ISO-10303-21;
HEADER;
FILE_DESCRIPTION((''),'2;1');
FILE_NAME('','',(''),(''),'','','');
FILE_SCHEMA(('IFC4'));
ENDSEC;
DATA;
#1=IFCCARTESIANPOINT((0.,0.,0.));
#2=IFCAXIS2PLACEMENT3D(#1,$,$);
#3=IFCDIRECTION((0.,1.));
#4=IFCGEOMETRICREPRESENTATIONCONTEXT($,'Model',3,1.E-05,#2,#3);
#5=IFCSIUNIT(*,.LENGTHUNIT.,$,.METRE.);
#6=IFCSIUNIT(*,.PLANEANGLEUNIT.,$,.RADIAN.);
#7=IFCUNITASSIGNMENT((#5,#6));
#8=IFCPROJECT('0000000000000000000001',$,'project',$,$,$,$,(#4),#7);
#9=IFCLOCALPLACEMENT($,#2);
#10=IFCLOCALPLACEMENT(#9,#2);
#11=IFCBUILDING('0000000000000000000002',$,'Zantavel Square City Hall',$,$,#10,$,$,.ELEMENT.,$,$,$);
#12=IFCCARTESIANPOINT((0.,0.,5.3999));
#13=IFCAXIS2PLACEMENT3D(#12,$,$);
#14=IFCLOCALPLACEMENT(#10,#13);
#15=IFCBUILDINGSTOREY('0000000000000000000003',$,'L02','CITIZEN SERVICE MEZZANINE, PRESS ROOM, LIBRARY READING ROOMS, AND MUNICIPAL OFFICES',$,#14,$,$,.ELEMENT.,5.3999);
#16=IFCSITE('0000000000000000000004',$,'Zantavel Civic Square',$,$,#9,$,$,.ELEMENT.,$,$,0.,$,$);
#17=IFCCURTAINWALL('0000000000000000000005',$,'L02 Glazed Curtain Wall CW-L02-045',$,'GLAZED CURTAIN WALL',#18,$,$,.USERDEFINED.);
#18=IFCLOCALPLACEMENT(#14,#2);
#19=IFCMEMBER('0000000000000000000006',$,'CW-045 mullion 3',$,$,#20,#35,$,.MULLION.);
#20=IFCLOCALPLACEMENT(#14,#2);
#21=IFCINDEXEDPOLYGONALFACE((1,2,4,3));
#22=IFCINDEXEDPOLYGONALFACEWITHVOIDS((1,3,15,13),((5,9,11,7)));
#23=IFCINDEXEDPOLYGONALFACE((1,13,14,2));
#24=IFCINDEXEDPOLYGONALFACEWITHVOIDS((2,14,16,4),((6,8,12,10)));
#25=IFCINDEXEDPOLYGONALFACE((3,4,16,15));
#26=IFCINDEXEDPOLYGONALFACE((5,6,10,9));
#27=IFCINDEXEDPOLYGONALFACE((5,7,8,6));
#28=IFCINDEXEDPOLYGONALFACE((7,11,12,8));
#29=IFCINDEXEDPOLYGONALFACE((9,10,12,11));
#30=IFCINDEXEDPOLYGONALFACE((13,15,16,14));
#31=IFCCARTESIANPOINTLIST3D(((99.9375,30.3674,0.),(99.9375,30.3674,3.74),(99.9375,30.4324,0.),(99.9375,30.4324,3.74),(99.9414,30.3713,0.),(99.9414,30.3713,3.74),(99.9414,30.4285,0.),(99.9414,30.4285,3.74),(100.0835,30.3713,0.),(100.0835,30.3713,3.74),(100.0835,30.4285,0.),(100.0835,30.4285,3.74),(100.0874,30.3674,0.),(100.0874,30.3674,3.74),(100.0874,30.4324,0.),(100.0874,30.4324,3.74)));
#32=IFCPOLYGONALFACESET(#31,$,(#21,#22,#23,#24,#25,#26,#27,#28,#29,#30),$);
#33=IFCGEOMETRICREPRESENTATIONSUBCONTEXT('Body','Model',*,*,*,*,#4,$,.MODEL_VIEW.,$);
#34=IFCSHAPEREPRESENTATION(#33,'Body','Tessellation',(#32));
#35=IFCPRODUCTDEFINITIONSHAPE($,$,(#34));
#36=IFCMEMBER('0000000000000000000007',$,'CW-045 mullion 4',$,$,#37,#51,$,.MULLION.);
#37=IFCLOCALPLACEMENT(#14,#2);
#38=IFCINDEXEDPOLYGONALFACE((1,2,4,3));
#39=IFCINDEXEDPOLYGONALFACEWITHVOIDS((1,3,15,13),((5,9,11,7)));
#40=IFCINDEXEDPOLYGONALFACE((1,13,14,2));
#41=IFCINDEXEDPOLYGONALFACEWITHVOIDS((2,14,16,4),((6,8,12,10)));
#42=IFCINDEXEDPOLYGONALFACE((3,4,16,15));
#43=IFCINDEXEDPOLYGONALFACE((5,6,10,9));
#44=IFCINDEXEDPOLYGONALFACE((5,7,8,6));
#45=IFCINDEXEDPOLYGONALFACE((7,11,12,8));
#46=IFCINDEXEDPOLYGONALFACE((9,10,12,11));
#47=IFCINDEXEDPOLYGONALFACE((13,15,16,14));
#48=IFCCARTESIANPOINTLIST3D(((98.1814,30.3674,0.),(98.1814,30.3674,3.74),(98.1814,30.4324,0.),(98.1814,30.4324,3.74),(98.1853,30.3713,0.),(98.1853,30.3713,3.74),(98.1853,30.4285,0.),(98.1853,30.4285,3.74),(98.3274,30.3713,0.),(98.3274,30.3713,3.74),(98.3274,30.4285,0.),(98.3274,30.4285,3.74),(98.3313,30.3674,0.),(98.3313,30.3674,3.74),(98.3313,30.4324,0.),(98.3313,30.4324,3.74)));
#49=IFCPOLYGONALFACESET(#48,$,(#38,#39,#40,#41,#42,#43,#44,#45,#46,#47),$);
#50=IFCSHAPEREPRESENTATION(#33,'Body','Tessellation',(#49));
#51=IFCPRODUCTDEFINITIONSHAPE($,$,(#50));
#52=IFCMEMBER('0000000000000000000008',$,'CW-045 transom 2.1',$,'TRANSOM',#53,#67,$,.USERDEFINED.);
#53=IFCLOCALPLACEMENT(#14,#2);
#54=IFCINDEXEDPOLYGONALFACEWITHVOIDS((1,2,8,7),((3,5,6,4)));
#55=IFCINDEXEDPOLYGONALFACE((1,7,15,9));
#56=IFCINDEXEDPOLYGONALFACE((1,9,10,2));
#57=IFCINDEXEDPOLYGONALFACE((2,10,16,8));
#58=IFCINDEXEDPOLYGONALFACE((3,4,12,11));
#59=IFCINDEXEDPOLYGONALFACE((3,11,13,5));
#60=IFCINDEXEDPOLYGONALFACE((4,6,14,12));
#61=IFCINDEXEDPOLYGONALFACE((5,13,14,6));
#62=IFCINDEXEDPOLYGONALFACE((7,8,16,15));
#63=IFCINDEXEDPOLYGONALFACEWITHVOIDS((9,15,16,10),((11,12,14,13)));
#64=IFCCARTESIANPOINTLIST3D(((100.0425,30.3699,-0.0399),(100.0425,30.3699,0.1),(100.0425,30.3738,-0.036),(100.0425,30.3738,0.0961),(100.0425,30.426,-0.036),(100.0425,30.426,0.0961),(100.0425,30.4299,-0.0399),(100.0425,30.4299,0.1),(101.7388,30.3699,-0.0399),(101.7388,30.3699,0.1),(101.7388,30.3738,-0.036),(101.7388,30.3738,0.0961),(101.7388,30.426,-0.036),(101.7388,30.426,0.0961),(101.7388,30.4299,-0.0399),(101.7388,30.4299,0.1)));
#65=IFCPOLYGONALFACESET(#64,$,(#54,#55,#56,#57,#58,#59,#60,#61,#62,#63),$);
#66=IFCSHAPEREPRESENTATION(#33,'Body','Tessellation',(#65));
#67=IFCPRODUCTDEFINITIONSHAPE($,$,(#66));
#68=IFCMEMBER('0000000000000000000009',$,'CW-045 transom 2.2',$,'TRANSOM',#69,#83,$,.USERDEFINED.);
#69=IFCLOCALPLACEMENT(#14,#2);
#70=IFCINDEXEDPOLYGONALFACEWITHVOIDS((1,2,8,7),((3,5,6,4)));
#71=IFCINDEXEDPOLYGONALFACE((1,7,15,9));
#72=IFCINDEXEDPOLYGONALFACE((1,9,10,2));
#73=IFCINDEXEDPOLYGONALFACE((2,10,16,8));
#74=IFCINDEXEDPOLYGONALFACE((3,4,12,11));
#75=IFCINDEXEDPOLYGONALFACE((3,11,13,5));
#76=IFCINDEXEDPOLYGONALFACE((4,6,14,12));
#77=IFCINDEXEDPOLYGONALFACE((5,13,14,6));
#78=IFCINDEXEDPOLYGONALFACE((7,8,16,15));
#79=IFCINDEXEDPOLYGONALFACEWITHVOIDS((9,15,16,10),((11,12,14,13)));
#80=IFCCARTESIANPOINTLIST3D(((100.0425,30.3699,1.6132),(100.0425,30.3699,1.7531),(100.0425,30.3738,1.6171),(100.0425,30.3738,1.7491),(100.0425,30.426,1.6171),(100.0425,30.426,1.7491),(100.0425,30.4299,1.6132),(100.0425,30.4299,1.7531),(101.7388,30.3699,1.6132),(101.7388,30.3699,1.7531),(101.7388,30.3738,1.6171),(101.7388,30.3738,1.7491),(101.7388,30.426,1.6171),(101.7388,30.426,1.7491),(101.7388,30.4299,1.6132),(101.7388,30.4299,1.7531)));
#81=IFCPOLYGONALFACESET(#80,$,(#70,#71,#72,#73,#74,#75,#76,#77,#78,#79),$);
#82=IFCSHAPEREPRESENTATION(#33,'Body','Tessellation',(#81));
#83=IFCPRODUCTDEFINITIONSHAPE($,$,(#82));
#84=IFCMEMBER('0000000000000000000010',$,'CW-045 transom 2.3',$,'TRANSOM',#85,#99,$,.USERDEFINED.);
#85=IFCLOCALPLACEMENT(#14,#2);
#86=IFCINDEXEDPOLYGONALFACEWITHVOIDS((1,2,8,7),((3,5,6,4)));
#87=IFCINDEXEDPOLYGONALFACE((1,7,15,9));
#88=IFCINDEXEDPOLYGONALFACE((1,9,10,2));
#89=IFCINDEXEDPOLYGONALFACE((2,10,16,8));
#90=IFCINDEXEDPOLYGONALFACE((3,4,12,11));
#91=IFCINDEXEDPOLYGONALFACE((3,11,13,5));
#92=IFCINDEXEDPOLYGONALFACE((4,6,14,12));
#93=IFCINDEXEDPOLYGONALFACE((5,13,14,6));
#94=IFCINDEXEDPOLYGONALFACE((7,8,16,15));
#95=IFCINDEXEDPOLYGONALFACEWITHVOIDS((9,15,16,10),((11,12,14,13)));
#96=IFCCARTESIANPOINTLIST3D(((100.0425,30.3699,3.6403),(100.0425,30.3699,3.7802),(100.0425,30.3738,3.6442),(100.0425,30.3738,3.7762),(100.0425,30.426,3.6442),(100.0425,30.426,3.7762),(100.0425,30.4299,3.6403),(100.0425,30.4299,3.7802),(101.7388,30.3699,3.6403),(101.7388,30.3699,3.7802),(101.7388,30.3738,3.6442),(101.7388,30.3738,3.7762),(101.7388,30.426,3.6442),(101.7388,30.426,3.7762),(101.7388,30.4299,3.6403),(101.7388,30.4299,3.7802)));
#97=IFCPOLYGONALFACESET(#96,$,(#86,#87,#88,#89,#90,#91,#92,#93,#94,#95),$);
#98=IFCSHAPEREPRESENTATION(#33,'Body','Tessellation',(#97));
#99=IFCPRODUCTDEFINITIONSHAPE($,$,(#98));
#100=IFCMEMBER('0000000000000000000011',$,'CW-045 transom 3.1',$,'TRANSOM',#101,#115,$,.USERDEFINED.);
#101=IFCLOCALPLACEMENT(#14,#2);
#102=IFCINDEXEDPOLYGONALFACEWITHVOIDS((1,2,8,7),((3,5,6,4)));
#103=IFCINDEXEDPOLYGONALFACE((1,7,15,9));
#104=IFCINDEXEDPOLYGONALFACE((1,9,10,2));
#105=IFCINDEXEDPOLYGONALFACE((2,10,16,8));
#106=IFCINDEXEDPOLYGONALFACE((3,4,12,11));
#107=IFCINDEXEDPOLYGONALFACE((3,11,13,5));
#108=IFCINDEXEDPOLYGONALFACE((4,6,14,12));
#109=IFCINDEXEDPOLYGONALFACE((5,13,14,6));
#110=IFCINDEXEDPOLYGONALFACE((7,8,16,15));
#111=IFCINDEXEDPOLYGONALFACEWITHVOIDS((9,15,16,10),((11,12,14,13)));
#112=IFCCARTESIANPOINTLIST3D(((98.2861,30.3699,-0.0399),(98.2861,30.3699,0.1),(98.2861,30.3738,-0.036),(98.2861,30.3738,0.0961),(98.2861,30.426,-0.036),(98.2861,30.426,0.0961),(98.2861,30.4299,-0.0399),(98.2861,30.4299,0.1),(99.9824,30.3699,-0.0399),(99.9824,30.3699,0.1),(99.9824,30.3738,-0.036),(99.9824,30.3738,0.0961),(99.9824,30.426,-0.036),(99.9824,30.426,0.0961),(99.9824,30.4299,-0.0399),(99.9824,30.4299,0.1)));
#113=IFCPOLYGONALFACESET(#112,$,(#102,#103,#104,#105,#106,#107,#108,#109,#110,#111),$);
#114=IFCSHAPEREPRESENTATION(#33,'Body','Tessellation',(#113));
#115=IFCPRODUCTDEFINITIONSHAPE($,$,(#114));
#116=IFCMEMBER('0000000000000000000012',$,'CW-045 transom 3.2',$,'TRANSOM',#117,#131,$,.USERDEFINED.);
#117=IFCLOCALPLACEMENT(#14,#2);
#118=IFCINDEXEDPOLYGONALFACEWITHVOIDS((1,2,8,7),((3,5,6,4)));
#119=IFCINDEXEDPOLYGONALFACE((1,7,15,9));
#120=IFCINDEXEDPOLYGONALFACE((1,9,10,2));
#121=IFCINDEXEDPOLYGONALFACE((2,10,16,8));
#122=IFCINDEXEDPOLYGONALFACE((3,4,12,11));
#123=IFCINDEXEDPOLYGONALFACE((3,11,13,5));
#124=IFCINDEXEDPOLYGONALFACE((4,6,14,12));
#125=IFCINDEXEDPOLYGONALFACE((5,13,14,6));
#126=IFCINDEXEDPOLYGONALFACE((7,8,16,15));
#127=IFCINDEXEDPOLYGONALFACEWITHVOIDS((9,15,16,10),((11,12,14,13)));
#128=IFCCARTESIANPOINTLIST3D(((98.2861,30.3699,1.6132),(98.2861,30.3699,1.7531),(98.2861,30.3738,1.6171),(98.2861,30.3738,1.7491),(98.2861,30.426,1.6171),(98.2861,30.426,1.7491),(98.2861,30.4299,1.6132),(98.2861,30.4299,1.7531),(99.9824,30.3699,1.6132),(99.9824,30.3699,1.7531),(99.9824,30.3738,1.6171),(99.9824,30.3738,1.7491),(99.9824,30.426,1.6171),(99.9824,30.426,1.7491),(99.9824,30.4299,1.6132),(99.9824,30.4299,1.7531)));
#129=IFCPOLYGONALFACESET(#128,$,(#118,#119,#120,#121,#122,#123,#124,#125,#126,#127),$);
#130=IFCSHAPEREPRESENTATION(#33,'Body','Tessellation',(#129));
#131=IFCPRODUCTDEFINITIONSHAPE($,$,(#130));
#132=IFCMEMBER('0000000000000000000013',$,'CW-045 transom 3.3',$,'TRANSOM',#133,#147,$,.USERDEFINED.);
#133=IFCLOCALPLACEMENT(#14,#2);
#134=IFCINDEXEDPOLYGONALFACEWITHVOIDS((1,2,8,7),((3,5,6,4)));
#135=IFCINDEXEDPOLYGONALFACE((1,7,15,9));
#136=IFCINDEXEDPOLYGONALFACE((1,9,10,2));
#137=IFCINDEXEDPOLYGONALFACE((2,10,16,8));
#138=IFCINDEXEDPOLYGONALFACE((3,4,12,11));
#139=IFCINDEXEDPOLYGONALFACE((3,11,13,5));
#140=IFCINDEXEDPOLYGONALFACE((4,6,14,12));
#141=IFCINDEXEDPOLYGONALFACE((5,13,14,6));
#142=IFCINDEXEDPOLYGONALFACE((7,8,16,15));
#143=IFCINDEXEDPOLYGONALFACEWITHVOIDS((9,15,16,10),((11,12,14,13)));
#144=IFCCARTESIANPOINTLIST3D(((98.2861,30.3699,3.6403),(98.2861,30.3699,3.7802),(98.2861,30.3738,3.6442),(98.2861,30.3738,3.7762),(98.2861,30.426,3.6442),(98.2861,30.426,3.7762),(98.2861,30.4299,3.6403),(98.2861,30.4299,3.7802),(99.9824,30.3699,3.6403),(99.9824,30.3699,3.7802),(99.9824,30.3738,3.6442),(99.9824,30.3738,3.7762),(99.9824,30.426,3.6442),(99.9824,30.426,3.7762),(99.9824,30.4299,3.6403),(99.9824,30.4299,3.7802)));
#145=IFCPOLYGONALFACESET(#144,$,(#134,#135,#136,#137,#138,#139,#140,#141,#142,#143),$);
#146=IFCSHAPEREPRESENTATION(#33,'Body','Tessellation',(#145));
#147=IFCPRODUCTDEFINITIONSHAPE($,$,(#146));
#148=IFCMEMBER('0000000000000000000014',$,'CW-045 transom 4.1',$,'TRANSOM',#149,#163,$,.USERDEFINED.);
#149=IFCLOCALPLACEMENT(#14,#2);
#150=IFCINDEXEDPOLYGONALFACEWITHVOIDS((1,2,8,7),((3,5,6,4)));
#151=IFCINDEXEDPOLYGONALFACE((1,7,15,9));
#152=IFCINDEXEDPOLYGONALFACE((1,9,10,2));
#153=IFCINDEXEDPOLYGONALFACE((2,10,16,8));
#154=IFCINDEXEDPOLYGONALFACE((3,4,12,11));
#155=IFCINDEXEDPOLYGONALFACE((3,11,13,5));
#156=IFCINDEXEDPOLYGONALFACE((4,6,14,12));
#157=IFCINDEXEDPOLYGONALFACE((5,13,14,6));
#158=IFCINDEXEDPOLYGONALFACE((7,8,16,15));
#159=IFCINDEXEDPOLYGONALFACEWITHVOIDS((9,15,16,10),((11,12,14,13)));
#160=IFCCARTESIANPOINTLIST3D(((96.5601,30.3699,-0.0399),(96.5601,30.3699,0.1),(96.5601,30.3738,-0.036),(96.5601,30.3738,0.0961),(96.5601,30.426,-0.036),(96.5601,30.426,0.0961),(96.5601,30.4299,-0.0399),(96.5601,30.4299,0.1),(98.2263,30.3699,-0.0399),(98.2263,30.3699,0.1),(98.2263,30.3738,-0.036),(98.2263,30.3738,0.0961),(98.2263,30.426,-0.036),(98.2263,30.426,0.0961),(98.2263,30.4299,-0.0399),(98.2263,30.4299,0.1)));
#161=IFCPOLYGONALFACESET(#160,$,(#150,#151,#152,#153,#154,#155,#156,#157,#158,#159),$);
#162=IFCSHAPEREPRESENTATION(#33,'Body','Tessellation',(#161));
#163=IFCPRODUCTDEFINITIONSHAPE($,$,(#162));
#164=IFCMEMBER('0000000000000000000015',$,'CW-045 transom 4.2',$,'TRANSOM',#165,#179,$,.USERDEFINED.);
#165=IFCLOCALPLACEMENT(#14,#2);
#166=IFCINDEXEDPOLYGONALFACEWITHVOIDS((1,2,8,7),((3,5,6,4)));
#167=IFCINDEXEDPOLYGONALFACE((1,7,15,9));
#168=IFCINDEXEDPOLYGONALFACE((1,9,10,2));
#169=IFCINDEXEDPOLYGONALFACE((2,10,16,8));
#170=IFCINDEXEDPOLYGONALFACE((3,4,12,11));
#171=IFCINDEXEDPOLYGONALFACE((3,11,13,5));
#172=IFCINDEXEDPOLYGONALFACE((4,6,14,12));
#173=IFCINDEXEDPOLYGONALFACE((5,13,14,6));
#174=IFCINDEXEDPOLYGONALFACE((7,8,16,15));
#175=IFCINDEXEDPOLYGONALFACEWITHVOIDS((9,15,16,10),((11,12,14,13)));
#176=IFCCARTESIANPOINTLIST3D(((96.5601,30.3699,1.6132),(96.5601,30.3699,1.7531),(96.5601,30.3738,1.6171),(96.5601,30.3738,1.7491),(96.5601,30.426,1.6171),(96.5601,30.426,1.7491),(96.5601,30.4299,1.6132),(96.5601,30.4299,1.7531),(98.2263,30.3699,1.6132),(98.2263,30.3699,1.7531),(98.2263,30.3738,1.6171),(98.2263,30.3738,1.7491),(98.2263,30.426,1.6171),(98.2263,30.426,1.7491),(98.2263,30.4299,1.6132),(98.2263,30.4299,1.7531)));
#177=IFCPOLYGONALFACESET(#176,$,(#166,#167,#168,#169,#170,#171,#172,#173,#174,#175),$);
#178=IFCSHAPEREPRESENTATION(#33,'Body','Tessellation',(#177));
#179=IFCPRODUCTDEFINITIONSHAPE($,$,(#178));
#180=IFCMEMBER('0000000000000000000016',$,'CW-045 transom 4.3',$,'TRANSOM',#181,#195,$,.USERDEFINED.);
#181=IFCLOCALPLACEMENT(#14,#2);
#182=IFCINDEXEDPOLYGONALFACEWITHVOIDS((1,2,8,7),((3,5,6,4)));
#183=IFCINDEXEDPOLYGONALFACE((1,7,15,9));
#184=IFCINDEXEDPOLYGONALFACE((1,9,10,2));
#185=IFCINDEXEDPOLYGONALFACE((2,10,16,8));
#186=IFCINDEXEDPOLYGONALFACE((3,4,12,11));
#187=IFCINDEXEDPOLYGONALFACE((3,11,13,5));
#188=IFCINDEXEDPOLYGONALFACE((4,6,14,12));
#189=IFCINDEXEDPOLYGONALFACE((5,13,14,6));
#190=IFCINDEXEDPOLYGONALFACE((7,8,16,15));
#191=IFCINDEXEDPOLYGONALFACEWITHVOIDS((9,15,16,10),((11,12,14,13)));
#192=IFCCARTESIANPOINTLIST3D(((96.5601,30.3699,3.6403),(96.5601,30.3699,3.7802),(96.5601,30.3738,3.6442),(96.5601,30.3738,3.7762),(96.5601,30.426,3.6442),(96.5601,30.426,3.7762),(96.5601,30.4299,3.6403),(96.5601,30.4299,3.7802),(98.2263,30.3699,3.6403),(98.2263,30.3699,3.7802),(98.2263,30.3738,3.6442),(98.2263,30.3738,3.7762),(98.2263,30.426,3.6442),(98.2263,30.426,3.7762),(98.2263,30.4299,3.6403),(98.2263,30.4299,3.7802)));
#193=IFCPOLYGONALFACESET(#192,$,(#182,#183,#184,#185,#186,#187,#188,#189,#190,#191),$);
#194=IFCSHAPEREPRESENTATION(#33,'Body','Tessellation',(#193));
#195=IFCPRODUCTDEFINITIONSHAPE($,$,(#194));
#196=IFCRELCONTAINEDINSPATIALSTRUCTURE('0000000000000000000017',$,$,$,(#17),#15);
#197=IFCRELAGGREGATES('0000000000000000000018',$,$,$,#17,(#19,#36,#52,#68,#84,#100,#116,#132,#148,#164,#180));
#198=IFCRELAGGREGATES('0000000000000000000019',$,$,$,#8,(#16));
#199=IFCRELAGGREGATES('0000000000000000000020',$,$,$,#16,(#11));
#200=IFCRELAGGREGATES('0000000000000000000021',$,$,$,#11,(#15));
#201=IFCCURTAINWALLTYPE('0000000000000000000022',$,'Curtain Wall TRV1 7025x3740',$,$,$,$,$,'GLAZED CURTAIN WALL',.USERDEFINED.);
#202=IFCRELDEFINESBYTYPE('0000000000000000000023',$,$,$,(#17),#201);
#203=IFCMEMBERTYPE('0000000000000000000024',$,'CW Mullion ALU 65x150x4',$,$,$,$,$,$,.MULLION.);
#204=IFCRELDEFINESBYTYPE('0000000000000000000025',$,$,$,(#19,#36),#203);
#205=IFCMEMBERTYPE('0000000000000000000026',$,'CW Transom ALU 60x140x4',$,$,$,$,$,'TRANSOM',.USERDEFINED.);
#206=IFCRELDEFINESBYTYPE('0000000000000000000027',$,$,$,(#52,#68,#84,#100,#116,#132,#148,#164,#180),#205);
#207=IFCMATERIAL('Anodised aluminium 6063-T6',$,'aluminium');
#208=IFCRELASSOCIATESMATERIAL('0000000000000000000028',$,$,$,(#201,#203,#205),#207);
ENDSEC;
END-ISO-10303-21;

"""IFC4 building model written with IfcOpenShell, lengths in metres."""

from ifc_helpers import new_model, si_unit, direction, frame, origin, origin_2d, place, context, subcontext, project, spatial, hollow_rectangle, extrude, material, material_profile, profile_set, type_object, element, aggregate, save


model = new_model("IFC4")

# Units and contexts
model_context = context("Model", 3, precision=1e-05, world=origin(), true_north=direction((0.0, 1.0)))
body_context = subcontext(model_context, "Body", "Model", "MODEL_VIEW")
ifc_project = project(units=[si_unit("LENGTHUNIT", "METRE"), si_unit("PLANEANGLEUNIT", "RADIAN")], contexts=[model_context])

# Site, building, storey
site_placement = place(None, origin())
site = spatial("IfcSite", under=ifc_project, at=site_placement, Name="Zantavel Civic Square", CompositionType="ELEMENT", RefElevation=0.0)
building_placement = place(site_placement, origin())
building = spatial("IfcBuilding", under=site, at=building_placement, Name="Zantavel Square City Hall", CompositionType="ELEMENT")
storey_placement = place(building_placement, frame((0.0, 0.0, 5.3999)))
storey = spatial("IfcBuildingStorey", under=building, at=storey_placement, Name="L02", Description="CITIZEN SERVICE MEZZANINE, PRESS ROOM, LIBRARY READING ROOMS, AND MUNICIPAL OFFICES", CompositionType="ELEMENT", Elevation=5.3999)

# Curtain wall, members
ifc_material_1 = material(Name="Anodised aluminium 6063-T6", Category="aluminium")
curtain_wall_type = type_object("IfcCurtainWallType", Name="Curtain Wall TRV1 7025x3740", ElementType="GLAZED CURTAIN WALL", PredefinedType="USERDEFINED", material=ifc_material_1)
curtain_wall_placement = place(storey_placement, origin())
curtain_wall = element("IfcCurtainWall", 1, at=curtain_wall_placement, inside=storey, type_object=curtain_wall_type, Name="L02 Glazed Curtain Wall CW-L02-045", ObjectType="GLAZED CURTAIN WALL", PredefinedType="USERDEFINED")
ifc_material_profile_1 = material_profile(ifc_material_1, hollow_rectangle(XDim=0.0649, YDim=0.1499, WallThickness=0.0039, at=origin_2d()), Name="ALU 65x150x4")
ifc_profile_set_1 = profile_set([ifc_material_profile_1], Name="Anodised aluminium 6063-T6")
member_type_1 = type_object("IfcMemberType", Name="CW Mullion ALU 65x150x4", PredefinedType="MULLION", material=ifc_profile_set_1)
member_1_placement = place(storey_placement, frame((100.0125, 30.3999, 0.0), z_axis=(0.0, 0.0, 1.0), x_axis=(0.0, -1.0, 0.0)))
member_1 = element("IfcMember", 2, at=member_1_placement, type_object=member_type_1, Name="CW-045 mullion 3", PredefinedType="MULLION", context=body_context, shape_type="SweptSolid", body=[
    extrude(hollow_rectangle(XDim=0.0649, YDim=0.1499, WallThickness=0.0039, at=origin_2d()), origin(), (0.0, 0.0, 1.0), 3.74),
])
member_2_placement = place(storey_placement, frame((98.2563, 30.3999, 0.0), z_axis=(0.0, 0.0, 1.0), x_axis=(0.0, -1.0, 0.0)))
member_2 = element("IfcMember", 3, at=member_2_placement, type_object=member_type_1, Name="CW-045 mullion 4", PredefinedType="MULLION", context=body_context, shape_type="SweptSolid", body=[
    extrude(hollow_rectangle(XDim=0.0649, YDim=0.1499, WallThickness=0.0039, at=origin_2d()), origin(), (0.0, 0.0, 1.0), 3.74),
])
ifc_material_profile_2 = material_profile(ifc_material_1, hollow_rectangle(XDim=0.0601, YDim=0.1399, WallThickness=0.0039, at=origin_2d()), Name="ALU 60x140x4")
ifc_profile_set_2 = profile_set([ifc_material_profile_2], Name="Anodised aluminium 6063-T6")
member_type_2 = type_object("IfcMemberType", Name="CW Transom ALU 60x140x4", ElementType="TRANSOM", PredefinedType="USERDEFINED", material=ifc_profile_set_2)
member_3_placement = place(storey_placement, frame((101.7388, 30.3999, 0.03), z_axis=(-1.0, 0.0, 0.0), x_axis=(0.0, -1.0, 0.0)))
member_3 = element("IfcMember", 4, at=member_3_placement, type_object=member_type_2, Name="CW-045 transom 2.1", ObjectType="TRANSOM", PredefinedType="USERDEFINED", context=body_context, shape_type="SweptSolid", body=[
    extrude(hollow_rectangle(XDim=0.0601, YDim=0.1399, WallThickness=0.0039, at=origin_2d()), origin(), (0.0, 0.0, 1.0), 1.6963),
])
member_4_placement = place(storey_placement, frame((101.7388, 30.3999, 1.6831), z_axis=(-1.0, 0.0, 0.0), x_axis=(0.0, -1.0, 0.0)))
member_4 = element("IfcMember", 5, at=member_4_placement, type_object=member_type_2, Name="CW-045 transom 2.2", ObjectType="TRANSOM", PredefinedType="USERDEFINED", context=body_context, shape_type="SweptSolid", body=[
    extrude(hollow_rectangle(XDim=0.0601, YDim=0.1399, WallThickness=0.0039, at=origin_2d()), origin(), (0.0, 0.0, 1.0), 1.6963),
])
member_5_placement = place(storey_placement, frame((101.7388, 30.3999, 3.7102), z_axis=(-1.0, 0.0, 0.0), x_axis=(0.0, -1.0, 0.0)))
member_5 = element("IfcMember", 6, at=member_5_placement, type_object=member_type_2, Name="CW-045 transom 2.3", ObjectType="TRANSOM", PredefinedType="USERDEFINED", context=body_context, shape_type="SweptSolid", body=[
    extrude(hollow_rectangle(XDim=0.0601, YDim=0.1399, WallThickness=0.0039, at=origin_2d()), origin(), (0.0, 0.0, 1.0), 1.6963),
])
member_6_placement = place(storey_placement, frame((99.9824, 30.3999, 0.03), z_axis=(-1.0, 0.0, 0.0), x_axis=(0.0, -1.0, 0.0)))
member_6 = element("IfcMember", 7, at=member_6_placement, type_object=member_type_2, Name="CW-045 transom 3.1", ObjectType="TRANSOM", PredefinedType="USERDEFINED", context=body_context, shape_type="SweptSolid", body=[
    extrude(hollow_rectangle(XDim=0.0601, YDim=0.1399, WallThickness=0.0039, at=origin_2d()), origin(), (0.0, 0.0, 1.0), 1.6963),
])
member_7_placement = place(storey_placement, frame((99.9824, 30.3999, 1.6831), z_axis=(-1.0, 0.0, 0.0), x_axis=(0.0, -1.0, 0.0)))
member_7 = element("IfcMember", 8, at=member_7_placement, type_object=member_type_2, Name="CW-045 transom 3.2", ObjectType="TRANSOM", PredefinedType="USERDEFINED", context=body_context, shape_type="SweptSolid", body=[
    extrude(hollow_rectangle(XDim=0.0601, YDim=0.1399, WallThickness=0.0039, at=origin_2d()), origin(), (0.0, 0.0, 1.0), 1.6963),
])
member_8_placement = place(storey_placement, frame((99.9824, 30.3999, 3.7102), z_axis=(-1.0, 0.0, 0.0), x_axis=(0.0, -1.0, 0.0)))
member_8 = element("IfcMember", 9, at=member_8_placement, type_object=member_type_2, Name="CW-045 transom 3.3", ObjectType="TRANSOM", PredefinedType="USERDEFINED", context=body_context, shape_type="SweptSolid", body=[
    extrude(hollow_rectangle(XDim=0.0601, YDim=0.1399, WallThickness=0.0039, at=origin_2d()), origin(), (0.0, 0.0, 1.0), 1.6963),
])
member_9_placement = place(storey_placement, frame((98.2263, 30.3999, 0.03), z_axis=(-1.0, 0.0, 0.0), x_axis=(0.0, -1.0, 0.0)))
member_9 = element("IfcMember", 10, at=member_9_placement, type_object=member_type_2, Name="CW-045 transom 4.1", ObjectType="TRANSOM", PredefinedType="USERDEFINED", context=body_context, shape_type="SweptSolid", body=[
    extrude(hollow_rectangle(XDim=0.0601, YDim=0.1399, WallThickness=0.0039, at=origin_2d()), origin(), (0.0, 0.0, 1.0), 1.6663),
])
member_10_placement = place(storey_placement, frame((98.2263, 30.3999, 1.6831), z_axis=(-1.0, 0.0, 0.0), x_axis=(0.0, -1.0, 0.0)))
member_10 = element("IfcMember", 11, at=member_10_placement, type_object=member_type_2, Name="CW-045 transom 4.2", ObjectType="TRANSOM", PredefinedType="USERDEFINED", context=body_context, shape_type="SweptSolid", body=[
    extrude(hollow_rectangle(XDim=0.0601, YDim=0.1399, WallThickness=0.0039, at=origin_2d()), origin(), (0.0, 0.0, 1.0), 1.6663),
])
member_11_placement = place(storey_placement, frame((98.2263, 30.3999, 3.7102), z_axis=(-1.0, 0.0, 0.0), x_axis=(0.0, -1.0, 0.0)))
member_11 = element("IfcMember", 12, at=member_11_placement, type_object=member_type_2, Name="CW-045 transom 4.3", ObjectType="TRANSOM", PredefinedType="USERDEFINED", context=body_context, shape_type="SweptSolid", body=[
    extrude(hollow_rectangle(XDim=0.0601, YDim=0.1399, WallThickness=0.0039, at=origin_2d()), origin(), (0.0, 0.0, 1.0), 1.6663),
])

aggregate(curtain_wall, [member_1, member_2, member_3, member_4, member_5, member_6, member_7, member_8, member_9, member_10, member_11])

save(model, "model.ifc")
